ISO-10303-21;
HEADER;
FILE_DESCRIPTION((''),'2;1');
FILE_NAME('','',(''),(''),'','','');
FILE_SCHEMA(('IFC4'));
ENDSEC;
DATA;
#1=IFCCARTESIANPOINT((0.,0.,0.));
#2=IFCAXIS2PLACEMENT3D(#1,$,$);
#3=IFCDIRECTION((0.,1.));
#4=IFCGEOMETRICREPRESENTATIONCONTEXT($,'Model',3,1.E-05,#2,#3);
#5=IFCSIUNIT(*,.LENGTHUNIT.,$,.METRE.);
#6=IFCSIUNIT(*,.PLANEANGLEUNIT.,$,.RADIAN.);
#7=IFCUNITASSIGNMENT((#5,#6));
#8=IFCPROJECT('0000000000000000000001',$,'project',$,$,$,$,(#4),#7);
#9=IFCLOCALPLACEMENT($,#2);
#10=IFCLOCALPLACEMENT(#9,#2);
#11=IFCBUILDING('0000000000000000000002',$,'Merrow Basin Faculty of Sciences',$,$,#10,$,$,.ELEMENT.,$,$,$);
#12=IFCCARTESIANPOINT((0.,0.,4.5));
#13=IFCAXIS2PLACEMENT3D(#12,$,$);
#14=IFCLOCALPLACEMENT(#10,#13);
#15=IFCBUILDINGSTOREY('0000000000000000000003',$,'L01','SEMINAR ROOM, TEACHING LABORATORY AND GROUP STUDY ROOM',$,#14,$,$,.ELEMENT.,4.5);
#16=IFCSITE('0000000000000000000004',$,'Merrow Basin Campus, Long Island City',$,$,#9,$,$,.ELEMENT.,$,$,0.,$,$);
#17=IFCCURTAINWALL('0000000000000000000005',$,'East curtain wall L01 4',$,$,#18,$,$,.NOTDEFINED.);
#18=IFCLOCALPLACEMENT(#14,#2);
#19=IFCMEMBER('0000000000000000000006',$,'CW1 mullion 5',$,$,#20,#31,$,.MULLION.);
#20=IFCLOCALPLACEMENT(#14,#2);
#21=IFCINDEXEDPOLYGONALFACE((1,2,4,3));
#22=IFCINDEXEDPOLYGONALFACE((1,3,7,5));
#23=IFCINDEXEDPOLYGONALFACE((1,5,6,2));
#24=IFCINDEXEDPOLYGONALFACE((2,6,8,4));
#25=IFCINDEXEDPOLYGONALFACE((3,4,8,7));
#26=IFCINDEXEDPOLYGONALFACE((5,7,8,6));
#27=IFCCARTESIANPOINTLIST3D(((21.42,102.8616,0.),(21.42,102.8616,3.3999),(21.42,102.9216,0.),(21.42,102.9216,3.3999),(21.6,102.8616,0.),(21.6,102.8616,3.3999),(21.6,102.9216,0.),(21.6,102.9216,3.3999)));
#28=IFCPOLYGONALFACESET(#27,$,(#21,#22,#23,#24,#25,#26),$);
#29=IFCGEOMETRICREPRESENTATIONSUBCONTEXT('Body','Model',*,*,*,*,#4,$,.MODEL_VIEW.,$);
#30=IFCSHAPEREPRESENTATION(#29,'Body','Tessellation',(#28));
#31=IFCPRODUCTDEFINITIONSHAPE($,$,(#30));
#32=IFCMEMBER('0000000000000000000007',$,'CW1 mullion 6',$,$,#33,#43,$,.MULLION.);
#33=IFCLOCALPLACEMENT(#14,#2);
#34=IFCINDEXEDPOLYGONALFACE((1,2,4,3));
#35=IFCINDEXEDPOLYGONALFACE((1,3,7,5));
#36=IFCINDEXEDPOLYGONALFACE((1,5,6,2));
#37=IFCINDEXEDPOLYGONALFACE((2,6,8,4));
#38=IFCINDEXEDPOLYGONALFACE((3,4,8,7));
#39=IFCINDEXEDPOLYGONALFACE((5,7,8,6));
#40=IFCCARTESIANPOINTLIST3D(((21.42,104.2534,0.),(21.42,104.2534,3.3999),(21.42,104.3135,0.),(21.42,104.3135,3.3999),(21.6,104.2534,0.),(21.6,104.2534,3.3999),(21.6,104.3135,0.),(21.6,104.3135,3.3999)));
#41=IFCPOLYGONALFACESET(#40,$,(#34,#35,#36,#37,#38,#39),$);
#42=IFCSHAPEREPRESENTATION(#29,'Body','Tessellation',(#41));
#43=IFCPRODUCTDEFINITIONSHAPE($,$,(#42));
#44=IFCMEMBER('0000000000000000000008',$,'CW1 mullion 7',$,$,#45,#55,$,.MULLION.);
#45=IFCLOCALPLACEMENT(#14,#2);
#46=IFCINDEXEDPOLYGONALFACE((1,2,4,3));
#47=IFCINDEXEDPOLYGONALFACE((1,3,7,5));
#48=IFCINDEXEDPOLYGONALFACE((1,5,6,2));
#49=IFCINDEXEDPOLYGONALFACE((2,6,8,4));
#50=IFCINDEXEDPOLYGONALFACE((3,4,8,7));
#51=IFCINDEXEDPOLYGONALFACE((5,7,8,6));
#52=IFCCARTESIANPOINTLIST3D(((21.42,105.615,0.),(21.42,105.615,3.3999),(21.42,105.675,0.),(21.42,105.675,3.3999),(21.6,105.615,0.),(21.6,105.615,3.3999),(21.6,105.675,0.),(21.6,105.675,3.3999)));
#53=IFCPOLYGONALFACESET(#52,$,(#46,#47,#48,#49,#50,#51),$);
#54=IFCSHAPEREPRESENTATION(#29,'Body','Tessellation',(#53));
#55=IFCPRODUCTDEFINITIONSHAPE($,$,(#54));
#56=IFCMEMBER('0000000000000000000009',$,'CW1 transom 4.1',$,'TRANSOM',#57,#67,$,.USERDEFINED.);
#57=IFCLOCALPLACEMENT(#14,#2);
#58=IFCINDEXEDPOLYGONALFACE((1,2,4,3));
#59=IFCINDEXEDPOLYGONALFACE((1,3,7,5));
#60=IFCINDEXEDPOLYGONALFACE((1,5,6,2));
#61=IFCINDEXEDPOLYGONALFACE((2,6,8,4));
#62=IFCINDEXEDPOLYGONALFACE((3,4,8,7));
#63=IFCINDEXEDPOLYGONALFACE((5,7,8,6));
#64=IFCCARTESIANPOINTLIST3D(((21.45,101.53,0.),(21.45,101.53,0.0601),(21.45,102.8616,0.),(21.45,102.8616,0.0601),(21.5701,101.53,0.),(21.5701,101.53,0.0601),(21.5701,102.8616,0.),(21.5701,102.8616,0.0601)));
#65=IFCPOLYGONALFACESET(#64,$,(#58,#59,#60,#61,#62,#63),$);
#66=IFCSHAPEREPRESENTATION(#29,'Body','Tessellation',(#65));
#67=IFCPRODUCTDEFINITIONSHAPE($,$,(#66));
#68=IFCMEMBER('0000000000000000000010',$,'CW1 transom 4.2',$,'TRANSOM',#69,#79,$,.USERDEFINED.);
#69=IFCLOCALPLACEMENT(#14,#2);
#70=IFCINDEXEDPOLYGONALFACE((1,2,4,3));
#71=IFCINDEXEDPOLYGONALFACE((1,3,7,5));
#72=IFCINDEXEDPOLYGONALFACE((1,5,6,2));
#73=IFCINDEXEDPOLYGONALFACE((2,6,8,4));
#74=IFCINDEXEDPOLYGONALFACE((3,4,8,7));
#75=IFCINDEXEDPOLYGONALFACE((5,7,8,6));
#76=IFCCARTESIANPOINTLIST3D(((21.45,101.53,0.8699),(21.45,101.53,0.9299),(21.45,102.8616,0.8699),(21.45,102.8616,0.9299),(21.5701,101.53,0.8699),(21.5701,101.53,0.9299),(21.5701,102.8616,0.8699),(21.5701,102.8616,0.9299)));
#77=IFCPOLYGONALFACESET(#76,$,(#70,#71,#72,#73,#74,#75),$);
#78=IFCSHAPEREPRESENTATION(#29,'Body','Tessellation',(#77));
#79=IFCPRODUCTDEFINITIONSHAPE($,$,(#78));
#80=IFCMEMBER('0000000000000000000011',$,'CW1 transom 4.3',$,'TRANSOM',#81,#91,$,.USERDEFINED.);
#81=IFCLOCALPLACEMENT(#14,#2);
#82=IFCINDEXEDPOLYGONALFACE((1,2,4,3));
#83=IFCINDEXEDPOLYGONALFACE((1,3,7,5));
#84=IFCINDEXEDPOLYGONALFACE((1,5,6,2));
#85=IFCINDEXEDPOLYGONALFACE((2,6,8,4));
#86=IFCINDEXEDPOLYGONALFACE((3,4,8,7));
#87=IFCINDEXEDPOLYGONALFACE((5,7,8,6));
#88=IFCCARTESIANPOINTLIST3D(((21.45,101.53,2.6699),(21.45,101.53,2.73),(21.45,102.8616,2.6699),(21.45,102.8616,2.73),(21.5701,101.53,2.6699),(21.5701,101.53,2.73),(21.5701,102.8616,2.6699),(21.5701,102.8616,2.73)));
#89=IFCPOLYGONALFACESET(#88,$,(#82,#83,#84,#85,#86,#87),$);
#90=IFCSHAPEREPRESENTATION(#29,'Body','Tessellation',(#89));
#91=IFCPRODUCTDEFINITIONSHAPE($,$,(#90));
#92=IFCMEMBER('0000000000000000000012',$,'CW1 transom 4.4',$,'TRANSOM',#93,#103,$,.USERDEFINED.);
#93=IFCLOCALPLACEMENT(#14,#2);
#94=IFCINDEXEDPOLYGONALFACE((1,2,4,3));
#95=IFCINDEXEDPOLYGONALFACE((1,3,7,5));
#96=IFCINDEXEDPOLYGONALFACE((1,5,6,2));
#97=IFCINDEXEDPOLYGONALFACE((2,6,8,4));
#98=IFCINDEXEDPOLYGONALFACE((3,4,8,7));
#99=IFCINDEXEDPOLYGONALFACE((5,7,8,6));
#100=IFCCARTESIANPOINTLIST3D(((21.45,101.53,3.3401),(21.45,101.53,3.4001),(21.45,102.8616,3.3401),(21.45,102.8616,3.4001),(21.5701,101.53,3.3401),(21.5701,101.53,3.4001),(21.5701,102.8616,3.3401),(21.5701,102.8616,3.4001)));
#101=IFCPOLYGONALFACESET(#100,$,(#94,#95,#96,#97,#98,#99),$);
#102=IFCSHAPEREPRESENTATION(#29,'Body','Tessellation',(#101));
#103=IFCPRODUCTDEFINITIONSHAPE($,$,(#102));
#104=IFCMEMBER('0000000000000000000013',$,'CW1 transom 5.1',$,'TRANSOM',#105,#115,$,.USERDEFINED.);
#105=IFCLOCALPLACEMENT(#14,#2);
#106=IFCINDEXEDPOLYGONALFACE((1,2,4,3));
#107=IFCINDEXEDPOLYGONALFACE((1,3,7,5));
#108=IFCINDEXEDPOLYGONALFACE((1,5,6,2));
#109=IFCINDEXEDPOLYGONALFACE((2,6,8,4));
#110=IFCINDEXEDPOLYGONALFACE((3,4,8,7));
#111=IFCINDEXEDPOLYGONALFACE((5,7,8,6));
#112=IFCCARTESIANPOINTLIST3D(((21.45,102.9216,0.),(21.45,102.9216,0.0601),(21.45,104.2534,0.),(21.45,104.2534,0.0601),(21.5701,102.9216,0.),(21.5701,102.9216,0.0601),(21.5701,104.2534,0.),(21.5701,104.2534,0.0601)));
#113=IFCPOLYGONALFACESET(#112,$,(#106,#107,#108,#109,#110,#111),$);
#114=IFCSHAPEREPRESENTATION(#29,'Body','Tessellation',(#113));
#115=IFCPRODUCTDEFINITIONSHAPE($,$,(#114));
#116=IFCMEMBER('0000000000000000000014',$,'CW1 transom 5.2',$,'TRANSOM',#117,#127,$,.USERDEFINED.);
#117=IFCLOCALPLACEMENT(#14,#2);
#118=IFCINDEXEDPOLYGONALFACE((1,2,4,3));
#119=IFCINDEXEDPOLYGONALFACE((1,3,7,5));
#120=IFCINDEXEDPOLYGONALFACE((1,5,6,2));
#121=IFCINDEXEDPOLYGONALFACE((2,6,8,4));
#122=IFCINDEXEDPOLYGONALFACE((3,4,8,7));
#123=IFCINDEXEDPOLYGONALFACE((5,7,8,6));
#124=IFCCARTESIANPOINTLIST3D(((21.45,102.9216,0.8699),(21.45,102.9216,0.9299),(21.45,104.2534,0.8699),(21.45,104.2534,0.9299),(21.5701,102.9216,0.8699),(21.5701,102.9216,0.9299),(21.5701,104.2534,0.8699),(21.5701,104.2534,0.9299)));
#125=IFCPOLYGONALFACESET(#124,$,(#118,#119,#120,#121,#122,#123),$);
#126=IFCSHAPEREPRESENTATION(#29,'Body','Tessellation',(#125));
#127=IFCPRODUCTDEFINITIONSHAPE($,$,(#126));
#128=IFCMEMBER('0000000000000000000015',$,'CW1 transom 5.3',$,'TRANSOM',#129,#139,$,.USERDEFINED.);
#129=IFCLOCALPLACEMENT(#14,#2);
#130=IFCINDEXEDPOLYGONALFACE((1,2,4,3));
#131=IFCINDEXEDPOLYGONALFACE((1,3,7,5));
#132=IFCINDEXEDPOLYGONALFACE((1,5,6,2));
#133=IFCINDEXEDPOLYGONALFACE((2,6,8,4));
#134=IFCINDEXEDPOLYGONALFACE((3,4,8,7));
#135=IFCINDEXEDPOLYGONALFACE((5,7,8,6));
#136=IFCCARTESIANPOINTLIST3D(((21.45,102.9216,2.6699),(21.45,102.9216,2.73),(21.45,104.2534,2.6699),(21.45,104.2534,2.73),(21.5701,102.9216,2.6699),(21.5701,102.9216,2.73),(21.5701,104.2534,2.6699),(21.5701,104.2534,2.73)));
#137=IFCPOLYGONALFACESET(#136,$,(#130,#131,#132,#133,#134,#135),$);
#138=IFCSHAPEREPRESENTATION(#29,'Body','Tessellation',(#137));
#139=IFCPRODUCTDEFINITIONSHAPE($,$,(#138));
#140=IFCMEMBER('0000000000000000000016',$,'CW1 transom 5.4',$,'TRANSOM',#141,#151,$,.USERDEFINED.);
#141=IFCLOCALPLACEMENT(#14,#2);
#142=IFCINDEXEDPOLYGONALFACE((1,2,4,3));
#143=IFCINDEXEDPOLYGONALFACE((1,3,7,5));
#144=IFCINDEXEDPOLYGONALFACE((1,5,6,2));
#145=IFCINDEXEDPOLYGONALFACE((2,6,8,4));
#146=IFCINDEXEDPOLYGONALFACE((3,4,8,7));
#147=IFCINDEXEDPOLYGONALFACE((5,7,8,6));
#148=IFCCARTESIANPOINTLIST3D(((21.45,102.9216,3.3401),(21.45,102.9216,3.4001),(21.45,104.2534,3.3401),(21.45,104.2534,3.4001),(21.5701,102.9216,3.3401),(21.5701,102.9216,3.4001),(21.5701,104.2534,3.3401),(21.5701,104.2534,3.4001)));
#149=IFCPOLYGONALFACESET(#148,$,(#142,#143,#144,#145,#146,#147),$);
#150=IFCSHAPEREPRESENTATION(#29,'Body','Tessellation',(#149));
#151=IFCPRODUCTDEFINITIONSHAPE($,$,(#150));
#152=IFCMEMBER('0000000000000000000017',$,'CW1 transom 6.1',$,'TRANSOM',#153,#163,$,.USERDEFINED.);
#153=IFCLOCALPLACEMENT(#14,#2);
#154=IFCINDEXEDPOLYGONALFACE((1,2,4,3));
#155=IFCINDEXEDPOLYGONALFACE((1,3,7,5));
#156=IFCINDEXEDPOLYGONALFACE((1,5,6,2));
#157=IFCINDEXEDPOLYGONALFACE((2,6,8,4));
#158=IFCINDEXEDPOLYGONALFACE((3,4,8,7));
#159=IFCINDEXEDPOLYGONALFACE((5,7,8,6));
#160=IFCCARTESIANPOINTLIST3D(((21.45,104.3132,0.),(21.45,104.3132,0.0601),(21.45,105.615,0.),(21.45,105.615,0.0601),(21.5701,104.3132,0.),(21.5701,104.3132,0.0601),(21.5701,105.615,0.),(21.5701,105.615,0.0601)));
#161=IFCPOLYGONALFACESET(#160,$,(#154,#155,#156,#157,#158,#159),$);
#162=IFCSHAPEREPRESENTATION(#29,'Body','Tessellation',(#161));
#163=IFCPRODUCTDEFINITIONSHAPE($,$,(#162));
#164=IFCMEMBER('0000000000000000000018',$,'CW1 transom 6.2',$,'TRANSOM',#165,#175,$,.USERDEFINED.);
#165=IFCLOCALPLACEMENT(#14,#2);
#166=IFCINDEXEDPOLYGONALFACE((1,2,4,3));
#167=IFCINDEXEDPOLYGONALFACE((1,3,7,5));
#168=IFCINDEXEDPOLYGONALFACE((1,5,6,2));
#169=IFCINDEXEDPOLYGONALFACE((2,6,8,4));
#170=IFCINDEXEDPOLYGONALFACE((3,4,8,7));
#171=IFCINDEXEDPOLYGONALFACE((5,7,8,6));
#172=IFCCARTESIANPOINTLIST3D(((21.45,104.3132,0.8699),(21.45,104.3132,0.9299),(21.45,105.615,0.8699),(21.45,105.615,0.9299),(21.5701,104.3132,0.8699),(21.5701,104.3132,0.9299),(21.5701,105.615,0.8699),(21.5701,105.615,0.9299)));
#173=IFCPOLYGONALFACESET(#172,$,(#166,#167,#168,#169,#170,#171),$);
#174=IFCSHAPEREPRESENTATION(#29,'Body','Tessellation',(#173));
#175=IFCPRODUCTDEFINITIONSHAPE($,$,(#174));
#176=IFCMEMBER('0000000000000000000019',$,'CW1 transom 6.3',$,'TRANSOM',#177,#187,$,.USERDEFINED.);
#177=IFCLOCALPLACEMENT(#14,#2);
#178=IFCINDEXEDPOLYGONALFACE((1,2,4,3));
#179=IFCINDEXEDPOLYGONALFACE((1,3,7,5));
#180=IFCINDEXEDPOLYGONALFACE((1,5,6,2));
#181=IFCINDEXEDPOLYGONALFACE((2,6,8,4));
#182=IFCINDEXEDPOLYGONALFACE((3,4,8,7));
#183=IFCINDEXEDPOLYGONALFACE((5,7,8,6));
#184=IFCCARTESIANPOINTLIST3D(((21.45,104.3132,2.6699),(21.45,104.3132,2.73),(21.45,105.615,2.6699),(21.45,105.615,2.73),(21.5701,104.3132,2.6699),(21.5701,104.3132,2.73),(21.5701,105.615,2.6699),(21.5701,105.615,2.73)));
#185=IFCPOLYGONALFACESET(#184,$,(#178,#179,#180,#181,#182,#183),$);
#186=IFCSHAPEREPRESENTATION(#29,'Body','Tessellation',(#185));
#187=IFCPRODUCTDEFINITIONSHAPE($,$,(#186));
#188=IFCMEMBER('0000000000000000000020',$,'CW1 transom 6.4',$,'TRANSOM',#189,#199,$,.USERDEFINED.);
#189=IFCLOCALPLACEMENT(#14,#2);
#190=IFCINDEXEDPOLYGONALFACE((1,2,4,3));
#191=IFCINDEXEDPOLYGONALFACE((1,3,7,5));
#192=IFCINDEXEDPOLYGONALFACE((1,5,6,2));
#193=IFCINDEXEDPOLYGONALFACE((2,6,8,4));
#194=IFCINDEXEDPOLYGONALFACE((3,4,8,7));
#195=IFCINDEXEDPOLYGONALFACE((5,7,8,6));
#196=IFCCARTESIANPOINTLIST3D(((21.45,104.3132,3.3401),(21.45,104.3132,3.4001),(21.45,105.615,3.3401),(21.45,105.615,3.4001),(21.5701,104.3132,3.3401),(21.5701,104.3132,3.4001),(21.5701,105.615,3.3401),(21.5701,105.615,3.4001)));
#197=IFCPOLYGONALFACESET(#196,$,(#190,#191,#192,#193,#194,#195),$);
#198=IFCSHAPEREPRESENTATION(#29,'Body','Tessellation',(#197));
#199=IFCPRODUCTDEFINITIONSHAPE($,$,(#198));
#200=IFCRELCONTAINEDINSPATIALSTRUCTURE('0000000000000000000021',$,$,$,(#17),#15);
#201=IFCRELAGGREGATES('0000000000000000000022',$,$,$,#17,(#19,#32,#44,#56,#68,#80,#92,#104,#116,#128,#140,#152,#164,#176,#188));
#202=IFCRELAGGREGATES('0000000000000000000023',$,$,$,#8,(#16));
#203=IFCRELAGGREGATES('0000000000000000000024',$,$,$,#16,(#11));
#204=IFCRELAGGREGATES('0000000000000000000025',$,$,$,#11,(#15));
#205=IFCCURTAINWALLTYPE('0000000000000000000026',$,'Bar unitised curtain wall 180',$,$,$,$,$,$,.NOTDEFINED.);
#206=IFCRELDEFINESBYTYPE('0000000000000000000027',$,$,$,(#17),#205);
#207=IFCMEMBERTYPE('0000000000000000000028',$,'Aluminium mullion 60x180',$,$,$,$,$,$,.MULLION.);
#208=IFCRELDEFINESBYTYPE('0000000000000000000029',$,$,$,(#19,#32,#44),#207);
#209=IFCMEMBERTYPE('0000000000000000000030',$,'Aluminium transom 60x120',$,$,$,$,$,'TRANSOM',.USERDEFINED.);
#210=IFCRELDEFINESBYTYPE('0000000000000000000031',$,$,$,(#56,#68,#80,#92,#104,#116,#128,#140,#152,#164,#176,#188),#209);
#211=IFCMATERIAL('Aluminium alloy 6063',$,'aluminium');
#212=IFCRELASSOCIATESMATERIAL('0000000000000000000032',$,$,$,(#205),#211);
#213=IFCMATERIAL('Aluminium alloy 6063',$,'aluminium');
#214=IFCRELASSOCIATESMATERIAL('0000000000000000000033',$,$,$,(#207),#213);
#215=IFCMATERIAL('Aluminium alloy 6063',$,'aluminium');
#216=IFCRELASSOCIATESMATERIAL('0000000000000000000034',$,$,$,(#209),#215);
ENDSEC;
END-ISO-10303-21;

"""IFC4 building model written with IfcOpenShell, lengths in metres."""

from ifc_helpers import new_model, si_unit, direction, frame, origin, origin_2d, place, context, subcontext, project, spatial, rectangle, extrude, material, material_profile, profile_set, type_object, element, aggregate, save


model = new_model("IFC4")

# Units and contexts
model_context = context("Model", 3, precision=1e-05, world=origin(), true_north=direction((0.0, 1.0)))
body_context = subcontext(model_context, "Body", "Model", "MODEL_VIEW")
ifc_project = project(units=[si_unit("LENGTHUNIT", "METRE"), si_unit("PLANEANGLEUNIT", "RADIAN")], contexts=[model_context])

# Site, building, storey
site_placement = place(None, origin())
site = spatial("IfcSite", under=ifc_project, at=site_placement, Name="Merrow Basin Campus, Long Island City", CompositionType="ELEMENT", RefElevation=0.0)
building_placement = place(site_placement, origin())
building = spatial("IfcBuilding", under=site, at=building_placement, Name="Merrow Basin Faculty of Sciences", CompositionType="ELEMENT")
storey_placement = place(building_placement, frame((0.0, 0.0, 4.5)))
storey = spatial("IfcBuildingStorey", under=building, at=storey_placement, Name="L01", Description="SEMINAR ROOM, TEACHING LABORATORY AND GROUP STUDY ROOM", CompositionType="ELEMENT", Elevation=4.5)

# Curtain wall, members
ifc_material_1 = material(Name="Aluminium alloy 6063", Category="aluminium")
curtain_wall_type = type_object("IfcCurtainWallType", Name="Bar unitised curtain wall 180", PredefinedType="NOTDEFINED", material=ifc_material_1)
curtain_wall_placement = place(storey_placement, origin())
curtain_wall = element("IfcCurtainWall", 1, at=curtain_wall_placement, inside=storey, type_object=curtain_wall_type, Name="East curtain wall L01 4", PredefinedType="NOTDEFINED")
ifc_material_2 = material(Name="Aluminium alloy 6063", Category="aluminium")
ifc_material_profile_1 = material_profile(ifc_material_2, rectangle(XDim=0.1799, YDim=0.0601, at=origin_2d()))
ifc_profile_set_1 = profile_set([ifc_material_profile_1], Name="Aluminium alloy 6063")
member_type_1 = type_object("IfcMemberType", Name="Aluminium mullion 60x180", PredefinedType="MULLION", material=ifc_profile_set_1)
member_1_placement = place(storey_placement, frame((21.51, 102.8916, 0.0), z_axis=(0.0, 0.0, 1.0), x_axis=(-1.0, 0.0, 0.0)))
member_1 = element("IfcMember", 2, at=member_1_placement, type_object=member_type_1, Name="CW1 mullion 5", PredefinedType="MULLION", context=body_context, shape_type="SweptSolid", body=[
    extrude(rectangle(XDim=0.1799, YDim=0.0601, at=origin_2d()), origin(), (0.0, 0.0, 1.0), 3.3999),
])
member_2_placement = place(storey_placement, frame((21.51, 104.2834, 0.0), z_axis=(0.0, 0.0, 1.0), x_axis=(-1.0, 0.0, 0.0)))
member_2 = element("IfcMember", 3, at=member_2_placement, type_object=member_type_1, Name="CW1 mullion 6", PredefinedType="MULLION", context=body_context, shape_type="SweptSolid", body=[
    extrude(rectangle(XDim=0.1799, YDim=0.0601, at=origin_2d()), origin(), (0.0, 0.0, 1.0), 3.3999),
])
member_3_placement = place(storey_placement, frame((21.51, 105.645, 0.0), z_axis=(0.0, 0.0, 1.0), x_axis=(-1.0, 0.0, 0.0)))
member_3 = element("IfcMember", 4, at=member_3_placement, type_object=member_type_1, Name="CW1 mullion 7", PredefinedType="MULLION", context=body_context, shape_type="SweptSolid", body=[
    extrude(rectangle(XDim=0.1799, YDim=0.0601, at=origin_2d()), origin(), (0.0, 0.0, 1.0), 3.3999),
])
ifc_material_3 = material(Name="Aluminium alloy 6063", Category="aluminium")
ifc_material_profile_2 = material_profile(ifc_material_3, rectangle(XDim=0.1201, YDim=0.0601, at=origin_2d()))
ifc_profile_set_2 = profile_set([ifc_material_profile_2], Name="Aluminium alloy 6063")
member_type_2 = type_object("IfcMemberType", Name="Aluminium transom 60x120", ElementType="TRANSOM", PredefinedType="USERDEFINED", material=ifc_profile_set_2)
member_4_placement = place(storey_placement, frame((21.51, 101.53, 0.03), z_axis=(0.0, 1.0, 0.0), x_axis=(-1.0, 0.0, 0.0)))
member_4 = element("IfcMember", 5, at=member_4_placement, type_object=member_type_2, Name="CW1 transom 4.1", ObjectType="TRANSOM", PredefinedType="USERDEFINED", context=body_context, shape_type="SweptSolid", body=[
    extrude(rectangle(XDim=0.1201, YDim=0.0601, at=origin_2d()), origin(), (0.0, 0.0, 1.0), 1.3315),
])
member_5_placement = place(storey_placement, frame((21.51, 101.53, 0.8999), z_axis=(0.0, 1.0, 0.0), x_axis=(-1.0, 0.0, 0.0)))
member_5 = element("IfcMember", 6, at=member_5_placement, type_object=member_type_2, Name="CW1 transom 4.2", ObjectType="TRANSOM", PredefinedType="USERDEFINED", context=body_context, shape_type="SweptSolid", body=[
    extrude(rectangle(XDim=0.1201, YDim=0.0601, at=origin_2d()), origin(), (0.0, 0.0, 1.0), 1.3315),
])
member_6_placement = place(storey_placement, frame((21.51, 101.53, 2.7), z_axis=(0.0, 1.0, 0.0), x_axis=(-1.0, 0.0, 0.0)))
member_6 = element("IfcMember", 7, at=member_6_placement, type_object=member_type_2, Name="CW1 transom 4.3", ObjectType="TRANSOM", PredefinedType="USERDEFINED", context=body_context, shape_type="SweptSolid", body=[
    extrude(rectangle(XDim=0.1201, YDim=0.0601, at=origin_2d()), origin(), (0.0, 0.0, 1.0), 1.3315),
])
member_7_placement = place(storey_placement, frame((21.51, 101.53, 3.3701), z_axis=(0.0, 1.0, 0.0), x_axis=(-1.0, 0.0, 0.0)))
member_7 = element("IfcMember", 8, at=member_7_placement, type_object=member_type_2, Name="CW1 transom 4.4", ObjectType="TRANSOM", PredefinedType="USERDEFINED", context=body_context, shape_type="SweptSolid", body=[
    extrude(rectangle(XDim=0.1201, YDim=0.0601, at=origin_2d()), origin(), (0.0, 0.0, 1.0), 1.3315),
])
member_8_placement = place(storey_placement, frame((21.51, 102.9216, 0.03), z_axis=(0.0, 1.0, 0.0), x_axis=(-1.0, 0.0, 0.0)))
member_8 = element("IfcMember", 9, at=member_8_placement, type_object=member_type_2, Name="CW1 transom 5.1", ObjectType="TRANSOM", PredefinedType="USERDEFINED", context=body_context, shape_type="SweptSolid", body=[
    extrude(rectangle(XDim=0.1201, YDim=0.0601, at=origin_2d()), origin(), (0.0, 0.0, 1.0), 1.3318),
])
member_9_placement = place(storey_placement, frame((21.51, 102.9216, 0.8999), z_axis=(0.0, 1.0, 0.0), x_axis=(-1.0, 0.0, 0.0)))
member_9 = element("IfcMember", 10, at=member_9_placement, type_object=member_type_2, Name="CW1 transom 5.2", ObjectType="TRANSOM", PredefinedType="USERDEFINED", context=body_context, shape_type="SweptSolid", body=[
    extrude(rectangle(XDim=0.1201, YDim=0.0601, at=origin_2d()), origin(), (0.0, 0.0, 1.0), 1.3318),
])
member_10_placement = place(storey_placement, frame((21.51, 102.9216, 2.7), z_axis=(0.0, 1.0, 0.0), x_axis=(-1.0, 0.0, 0.0)))
member_10 = element("IfcMember", 11, at=member_10_placement, type_object=member_type_2, Name="CW1 transom 5.3", ObjectType="TRANSOM", PredefinedType="USERDEFINED", context=body_context, shape_type="SweptSolid", body=[
    extrude(rectangle(XDim=0.1201, YDim=0.0601, at=origin_2d()), origin(), (0.0, 0.0, 1.0), 1.3318),
])
member_11_placement = place(storey_placement, frame((21.51, 102.9216, 3.3701), z_axis=(0.0, 1.0, 0.0), x_axis=(-1.0, 0.0, 0.0)))
member_11 = element("IfcMember", 12, at=member_11_placement, type_object=member_type_2, Name="CW1 transom 5.4", ObjectType="TRANSOM", PredefinedType="USERDEFINED", context=body_context, shape_type="SweptSolid", body=[
    extrude(rectangle(XDim=0.1201, YDim=0.0601, at=origin_2d()), origin(), (0.0, 0.0, 1.0), 1.3318),
])
member_12_placement = place(storey_placement, frame((21.51, 104.3132, 0.03), z_axis=(0.0, 1.0, 0.0), x_axis=(-1.0, 0.0, 0.0)))
member_12 = element("IfcMember", 13, at=member_12_placement, type_object=member_type_2, Name="CW1 transom 6.1", ObjectType="TRANSOM", PredefinedType="USERDEFINED", context=body_context, shape_type="SweptSolid", body=[
    extrude(rectangle(XDim=0.1201, YDim=0.0601, at=origin_2d()), origin(), (0.0, 0.0, 1.0), 1.3018),
])
member_13_placement = place(storey_placement, frame((21.51, 104.3132, 0.8999), z_axis=(0.0, 1.0, 0.0), x_axis=(-1.0, 0.0, 0.0)))
member_13 = element("IfcMember", 14, at=member_13_placement, type_object=member_type_2, Name="CW1 transom 6.2", ObjectType="TRANSOM", PredefinedType="USERDEFINED", context=body_context, shape_type="SweptSolid", body=[
    extrude(rectangle(XDim=0.1201, YDim=0.0601, at=origin_2d()), origin(), (0.0, 0.0, 1.0), 1.3018),
])
member_14_placement = place(storey_placement, frame((21.51, 104.3132, 2.7), z_axis=(0.0, 1.0, 0.0), x_axis=(-1.0, 0.0, 0.0)))
member_14 = element("IfcMember", 15, at=member_14_placement, type_object=member_type_2, Name="CW1 transom 6.3", ObjectType="TRANSOM", PredefinedType="USERDEFINED", context=body_context, shape_type="SweptSolid", body=[
    extrude(rectangle(XDim=0.1201, YDim=0.0601, at=origin_2d()), origin(), (0.0, 0.0, 1.0), 1.3018),
])
member_15_placement = place(storey_placement, frame((21.51, 104.3132, 3.3701), z_axis=(0.0, 1.0, 0.0), x_axis=(-1.0, 0.0, 0.0)))
member_15 = element("IfcMember", 16, at=member_15_placement, type_object=member_type_2, Name="CW1 transom 6.4", ObjectType="TRANSOM", PredefinedType="USERDEFINED", context=body_context, shape_type="SweptSolid", body=[
    extrude(rectangle(XDim=0.1201, YDim=0.0601, at=origin_2d()), origin(), (0.0, 0.0, 1.0), 1.3018),
])
aggregate(curtain_wall, [member_1, member_2, member_3, member_4, member_5, member_6, member_7, member_8, member_9, member_10, member_11, member_12, member_13, member_14, member_15])

save(model, "model.ifc")
